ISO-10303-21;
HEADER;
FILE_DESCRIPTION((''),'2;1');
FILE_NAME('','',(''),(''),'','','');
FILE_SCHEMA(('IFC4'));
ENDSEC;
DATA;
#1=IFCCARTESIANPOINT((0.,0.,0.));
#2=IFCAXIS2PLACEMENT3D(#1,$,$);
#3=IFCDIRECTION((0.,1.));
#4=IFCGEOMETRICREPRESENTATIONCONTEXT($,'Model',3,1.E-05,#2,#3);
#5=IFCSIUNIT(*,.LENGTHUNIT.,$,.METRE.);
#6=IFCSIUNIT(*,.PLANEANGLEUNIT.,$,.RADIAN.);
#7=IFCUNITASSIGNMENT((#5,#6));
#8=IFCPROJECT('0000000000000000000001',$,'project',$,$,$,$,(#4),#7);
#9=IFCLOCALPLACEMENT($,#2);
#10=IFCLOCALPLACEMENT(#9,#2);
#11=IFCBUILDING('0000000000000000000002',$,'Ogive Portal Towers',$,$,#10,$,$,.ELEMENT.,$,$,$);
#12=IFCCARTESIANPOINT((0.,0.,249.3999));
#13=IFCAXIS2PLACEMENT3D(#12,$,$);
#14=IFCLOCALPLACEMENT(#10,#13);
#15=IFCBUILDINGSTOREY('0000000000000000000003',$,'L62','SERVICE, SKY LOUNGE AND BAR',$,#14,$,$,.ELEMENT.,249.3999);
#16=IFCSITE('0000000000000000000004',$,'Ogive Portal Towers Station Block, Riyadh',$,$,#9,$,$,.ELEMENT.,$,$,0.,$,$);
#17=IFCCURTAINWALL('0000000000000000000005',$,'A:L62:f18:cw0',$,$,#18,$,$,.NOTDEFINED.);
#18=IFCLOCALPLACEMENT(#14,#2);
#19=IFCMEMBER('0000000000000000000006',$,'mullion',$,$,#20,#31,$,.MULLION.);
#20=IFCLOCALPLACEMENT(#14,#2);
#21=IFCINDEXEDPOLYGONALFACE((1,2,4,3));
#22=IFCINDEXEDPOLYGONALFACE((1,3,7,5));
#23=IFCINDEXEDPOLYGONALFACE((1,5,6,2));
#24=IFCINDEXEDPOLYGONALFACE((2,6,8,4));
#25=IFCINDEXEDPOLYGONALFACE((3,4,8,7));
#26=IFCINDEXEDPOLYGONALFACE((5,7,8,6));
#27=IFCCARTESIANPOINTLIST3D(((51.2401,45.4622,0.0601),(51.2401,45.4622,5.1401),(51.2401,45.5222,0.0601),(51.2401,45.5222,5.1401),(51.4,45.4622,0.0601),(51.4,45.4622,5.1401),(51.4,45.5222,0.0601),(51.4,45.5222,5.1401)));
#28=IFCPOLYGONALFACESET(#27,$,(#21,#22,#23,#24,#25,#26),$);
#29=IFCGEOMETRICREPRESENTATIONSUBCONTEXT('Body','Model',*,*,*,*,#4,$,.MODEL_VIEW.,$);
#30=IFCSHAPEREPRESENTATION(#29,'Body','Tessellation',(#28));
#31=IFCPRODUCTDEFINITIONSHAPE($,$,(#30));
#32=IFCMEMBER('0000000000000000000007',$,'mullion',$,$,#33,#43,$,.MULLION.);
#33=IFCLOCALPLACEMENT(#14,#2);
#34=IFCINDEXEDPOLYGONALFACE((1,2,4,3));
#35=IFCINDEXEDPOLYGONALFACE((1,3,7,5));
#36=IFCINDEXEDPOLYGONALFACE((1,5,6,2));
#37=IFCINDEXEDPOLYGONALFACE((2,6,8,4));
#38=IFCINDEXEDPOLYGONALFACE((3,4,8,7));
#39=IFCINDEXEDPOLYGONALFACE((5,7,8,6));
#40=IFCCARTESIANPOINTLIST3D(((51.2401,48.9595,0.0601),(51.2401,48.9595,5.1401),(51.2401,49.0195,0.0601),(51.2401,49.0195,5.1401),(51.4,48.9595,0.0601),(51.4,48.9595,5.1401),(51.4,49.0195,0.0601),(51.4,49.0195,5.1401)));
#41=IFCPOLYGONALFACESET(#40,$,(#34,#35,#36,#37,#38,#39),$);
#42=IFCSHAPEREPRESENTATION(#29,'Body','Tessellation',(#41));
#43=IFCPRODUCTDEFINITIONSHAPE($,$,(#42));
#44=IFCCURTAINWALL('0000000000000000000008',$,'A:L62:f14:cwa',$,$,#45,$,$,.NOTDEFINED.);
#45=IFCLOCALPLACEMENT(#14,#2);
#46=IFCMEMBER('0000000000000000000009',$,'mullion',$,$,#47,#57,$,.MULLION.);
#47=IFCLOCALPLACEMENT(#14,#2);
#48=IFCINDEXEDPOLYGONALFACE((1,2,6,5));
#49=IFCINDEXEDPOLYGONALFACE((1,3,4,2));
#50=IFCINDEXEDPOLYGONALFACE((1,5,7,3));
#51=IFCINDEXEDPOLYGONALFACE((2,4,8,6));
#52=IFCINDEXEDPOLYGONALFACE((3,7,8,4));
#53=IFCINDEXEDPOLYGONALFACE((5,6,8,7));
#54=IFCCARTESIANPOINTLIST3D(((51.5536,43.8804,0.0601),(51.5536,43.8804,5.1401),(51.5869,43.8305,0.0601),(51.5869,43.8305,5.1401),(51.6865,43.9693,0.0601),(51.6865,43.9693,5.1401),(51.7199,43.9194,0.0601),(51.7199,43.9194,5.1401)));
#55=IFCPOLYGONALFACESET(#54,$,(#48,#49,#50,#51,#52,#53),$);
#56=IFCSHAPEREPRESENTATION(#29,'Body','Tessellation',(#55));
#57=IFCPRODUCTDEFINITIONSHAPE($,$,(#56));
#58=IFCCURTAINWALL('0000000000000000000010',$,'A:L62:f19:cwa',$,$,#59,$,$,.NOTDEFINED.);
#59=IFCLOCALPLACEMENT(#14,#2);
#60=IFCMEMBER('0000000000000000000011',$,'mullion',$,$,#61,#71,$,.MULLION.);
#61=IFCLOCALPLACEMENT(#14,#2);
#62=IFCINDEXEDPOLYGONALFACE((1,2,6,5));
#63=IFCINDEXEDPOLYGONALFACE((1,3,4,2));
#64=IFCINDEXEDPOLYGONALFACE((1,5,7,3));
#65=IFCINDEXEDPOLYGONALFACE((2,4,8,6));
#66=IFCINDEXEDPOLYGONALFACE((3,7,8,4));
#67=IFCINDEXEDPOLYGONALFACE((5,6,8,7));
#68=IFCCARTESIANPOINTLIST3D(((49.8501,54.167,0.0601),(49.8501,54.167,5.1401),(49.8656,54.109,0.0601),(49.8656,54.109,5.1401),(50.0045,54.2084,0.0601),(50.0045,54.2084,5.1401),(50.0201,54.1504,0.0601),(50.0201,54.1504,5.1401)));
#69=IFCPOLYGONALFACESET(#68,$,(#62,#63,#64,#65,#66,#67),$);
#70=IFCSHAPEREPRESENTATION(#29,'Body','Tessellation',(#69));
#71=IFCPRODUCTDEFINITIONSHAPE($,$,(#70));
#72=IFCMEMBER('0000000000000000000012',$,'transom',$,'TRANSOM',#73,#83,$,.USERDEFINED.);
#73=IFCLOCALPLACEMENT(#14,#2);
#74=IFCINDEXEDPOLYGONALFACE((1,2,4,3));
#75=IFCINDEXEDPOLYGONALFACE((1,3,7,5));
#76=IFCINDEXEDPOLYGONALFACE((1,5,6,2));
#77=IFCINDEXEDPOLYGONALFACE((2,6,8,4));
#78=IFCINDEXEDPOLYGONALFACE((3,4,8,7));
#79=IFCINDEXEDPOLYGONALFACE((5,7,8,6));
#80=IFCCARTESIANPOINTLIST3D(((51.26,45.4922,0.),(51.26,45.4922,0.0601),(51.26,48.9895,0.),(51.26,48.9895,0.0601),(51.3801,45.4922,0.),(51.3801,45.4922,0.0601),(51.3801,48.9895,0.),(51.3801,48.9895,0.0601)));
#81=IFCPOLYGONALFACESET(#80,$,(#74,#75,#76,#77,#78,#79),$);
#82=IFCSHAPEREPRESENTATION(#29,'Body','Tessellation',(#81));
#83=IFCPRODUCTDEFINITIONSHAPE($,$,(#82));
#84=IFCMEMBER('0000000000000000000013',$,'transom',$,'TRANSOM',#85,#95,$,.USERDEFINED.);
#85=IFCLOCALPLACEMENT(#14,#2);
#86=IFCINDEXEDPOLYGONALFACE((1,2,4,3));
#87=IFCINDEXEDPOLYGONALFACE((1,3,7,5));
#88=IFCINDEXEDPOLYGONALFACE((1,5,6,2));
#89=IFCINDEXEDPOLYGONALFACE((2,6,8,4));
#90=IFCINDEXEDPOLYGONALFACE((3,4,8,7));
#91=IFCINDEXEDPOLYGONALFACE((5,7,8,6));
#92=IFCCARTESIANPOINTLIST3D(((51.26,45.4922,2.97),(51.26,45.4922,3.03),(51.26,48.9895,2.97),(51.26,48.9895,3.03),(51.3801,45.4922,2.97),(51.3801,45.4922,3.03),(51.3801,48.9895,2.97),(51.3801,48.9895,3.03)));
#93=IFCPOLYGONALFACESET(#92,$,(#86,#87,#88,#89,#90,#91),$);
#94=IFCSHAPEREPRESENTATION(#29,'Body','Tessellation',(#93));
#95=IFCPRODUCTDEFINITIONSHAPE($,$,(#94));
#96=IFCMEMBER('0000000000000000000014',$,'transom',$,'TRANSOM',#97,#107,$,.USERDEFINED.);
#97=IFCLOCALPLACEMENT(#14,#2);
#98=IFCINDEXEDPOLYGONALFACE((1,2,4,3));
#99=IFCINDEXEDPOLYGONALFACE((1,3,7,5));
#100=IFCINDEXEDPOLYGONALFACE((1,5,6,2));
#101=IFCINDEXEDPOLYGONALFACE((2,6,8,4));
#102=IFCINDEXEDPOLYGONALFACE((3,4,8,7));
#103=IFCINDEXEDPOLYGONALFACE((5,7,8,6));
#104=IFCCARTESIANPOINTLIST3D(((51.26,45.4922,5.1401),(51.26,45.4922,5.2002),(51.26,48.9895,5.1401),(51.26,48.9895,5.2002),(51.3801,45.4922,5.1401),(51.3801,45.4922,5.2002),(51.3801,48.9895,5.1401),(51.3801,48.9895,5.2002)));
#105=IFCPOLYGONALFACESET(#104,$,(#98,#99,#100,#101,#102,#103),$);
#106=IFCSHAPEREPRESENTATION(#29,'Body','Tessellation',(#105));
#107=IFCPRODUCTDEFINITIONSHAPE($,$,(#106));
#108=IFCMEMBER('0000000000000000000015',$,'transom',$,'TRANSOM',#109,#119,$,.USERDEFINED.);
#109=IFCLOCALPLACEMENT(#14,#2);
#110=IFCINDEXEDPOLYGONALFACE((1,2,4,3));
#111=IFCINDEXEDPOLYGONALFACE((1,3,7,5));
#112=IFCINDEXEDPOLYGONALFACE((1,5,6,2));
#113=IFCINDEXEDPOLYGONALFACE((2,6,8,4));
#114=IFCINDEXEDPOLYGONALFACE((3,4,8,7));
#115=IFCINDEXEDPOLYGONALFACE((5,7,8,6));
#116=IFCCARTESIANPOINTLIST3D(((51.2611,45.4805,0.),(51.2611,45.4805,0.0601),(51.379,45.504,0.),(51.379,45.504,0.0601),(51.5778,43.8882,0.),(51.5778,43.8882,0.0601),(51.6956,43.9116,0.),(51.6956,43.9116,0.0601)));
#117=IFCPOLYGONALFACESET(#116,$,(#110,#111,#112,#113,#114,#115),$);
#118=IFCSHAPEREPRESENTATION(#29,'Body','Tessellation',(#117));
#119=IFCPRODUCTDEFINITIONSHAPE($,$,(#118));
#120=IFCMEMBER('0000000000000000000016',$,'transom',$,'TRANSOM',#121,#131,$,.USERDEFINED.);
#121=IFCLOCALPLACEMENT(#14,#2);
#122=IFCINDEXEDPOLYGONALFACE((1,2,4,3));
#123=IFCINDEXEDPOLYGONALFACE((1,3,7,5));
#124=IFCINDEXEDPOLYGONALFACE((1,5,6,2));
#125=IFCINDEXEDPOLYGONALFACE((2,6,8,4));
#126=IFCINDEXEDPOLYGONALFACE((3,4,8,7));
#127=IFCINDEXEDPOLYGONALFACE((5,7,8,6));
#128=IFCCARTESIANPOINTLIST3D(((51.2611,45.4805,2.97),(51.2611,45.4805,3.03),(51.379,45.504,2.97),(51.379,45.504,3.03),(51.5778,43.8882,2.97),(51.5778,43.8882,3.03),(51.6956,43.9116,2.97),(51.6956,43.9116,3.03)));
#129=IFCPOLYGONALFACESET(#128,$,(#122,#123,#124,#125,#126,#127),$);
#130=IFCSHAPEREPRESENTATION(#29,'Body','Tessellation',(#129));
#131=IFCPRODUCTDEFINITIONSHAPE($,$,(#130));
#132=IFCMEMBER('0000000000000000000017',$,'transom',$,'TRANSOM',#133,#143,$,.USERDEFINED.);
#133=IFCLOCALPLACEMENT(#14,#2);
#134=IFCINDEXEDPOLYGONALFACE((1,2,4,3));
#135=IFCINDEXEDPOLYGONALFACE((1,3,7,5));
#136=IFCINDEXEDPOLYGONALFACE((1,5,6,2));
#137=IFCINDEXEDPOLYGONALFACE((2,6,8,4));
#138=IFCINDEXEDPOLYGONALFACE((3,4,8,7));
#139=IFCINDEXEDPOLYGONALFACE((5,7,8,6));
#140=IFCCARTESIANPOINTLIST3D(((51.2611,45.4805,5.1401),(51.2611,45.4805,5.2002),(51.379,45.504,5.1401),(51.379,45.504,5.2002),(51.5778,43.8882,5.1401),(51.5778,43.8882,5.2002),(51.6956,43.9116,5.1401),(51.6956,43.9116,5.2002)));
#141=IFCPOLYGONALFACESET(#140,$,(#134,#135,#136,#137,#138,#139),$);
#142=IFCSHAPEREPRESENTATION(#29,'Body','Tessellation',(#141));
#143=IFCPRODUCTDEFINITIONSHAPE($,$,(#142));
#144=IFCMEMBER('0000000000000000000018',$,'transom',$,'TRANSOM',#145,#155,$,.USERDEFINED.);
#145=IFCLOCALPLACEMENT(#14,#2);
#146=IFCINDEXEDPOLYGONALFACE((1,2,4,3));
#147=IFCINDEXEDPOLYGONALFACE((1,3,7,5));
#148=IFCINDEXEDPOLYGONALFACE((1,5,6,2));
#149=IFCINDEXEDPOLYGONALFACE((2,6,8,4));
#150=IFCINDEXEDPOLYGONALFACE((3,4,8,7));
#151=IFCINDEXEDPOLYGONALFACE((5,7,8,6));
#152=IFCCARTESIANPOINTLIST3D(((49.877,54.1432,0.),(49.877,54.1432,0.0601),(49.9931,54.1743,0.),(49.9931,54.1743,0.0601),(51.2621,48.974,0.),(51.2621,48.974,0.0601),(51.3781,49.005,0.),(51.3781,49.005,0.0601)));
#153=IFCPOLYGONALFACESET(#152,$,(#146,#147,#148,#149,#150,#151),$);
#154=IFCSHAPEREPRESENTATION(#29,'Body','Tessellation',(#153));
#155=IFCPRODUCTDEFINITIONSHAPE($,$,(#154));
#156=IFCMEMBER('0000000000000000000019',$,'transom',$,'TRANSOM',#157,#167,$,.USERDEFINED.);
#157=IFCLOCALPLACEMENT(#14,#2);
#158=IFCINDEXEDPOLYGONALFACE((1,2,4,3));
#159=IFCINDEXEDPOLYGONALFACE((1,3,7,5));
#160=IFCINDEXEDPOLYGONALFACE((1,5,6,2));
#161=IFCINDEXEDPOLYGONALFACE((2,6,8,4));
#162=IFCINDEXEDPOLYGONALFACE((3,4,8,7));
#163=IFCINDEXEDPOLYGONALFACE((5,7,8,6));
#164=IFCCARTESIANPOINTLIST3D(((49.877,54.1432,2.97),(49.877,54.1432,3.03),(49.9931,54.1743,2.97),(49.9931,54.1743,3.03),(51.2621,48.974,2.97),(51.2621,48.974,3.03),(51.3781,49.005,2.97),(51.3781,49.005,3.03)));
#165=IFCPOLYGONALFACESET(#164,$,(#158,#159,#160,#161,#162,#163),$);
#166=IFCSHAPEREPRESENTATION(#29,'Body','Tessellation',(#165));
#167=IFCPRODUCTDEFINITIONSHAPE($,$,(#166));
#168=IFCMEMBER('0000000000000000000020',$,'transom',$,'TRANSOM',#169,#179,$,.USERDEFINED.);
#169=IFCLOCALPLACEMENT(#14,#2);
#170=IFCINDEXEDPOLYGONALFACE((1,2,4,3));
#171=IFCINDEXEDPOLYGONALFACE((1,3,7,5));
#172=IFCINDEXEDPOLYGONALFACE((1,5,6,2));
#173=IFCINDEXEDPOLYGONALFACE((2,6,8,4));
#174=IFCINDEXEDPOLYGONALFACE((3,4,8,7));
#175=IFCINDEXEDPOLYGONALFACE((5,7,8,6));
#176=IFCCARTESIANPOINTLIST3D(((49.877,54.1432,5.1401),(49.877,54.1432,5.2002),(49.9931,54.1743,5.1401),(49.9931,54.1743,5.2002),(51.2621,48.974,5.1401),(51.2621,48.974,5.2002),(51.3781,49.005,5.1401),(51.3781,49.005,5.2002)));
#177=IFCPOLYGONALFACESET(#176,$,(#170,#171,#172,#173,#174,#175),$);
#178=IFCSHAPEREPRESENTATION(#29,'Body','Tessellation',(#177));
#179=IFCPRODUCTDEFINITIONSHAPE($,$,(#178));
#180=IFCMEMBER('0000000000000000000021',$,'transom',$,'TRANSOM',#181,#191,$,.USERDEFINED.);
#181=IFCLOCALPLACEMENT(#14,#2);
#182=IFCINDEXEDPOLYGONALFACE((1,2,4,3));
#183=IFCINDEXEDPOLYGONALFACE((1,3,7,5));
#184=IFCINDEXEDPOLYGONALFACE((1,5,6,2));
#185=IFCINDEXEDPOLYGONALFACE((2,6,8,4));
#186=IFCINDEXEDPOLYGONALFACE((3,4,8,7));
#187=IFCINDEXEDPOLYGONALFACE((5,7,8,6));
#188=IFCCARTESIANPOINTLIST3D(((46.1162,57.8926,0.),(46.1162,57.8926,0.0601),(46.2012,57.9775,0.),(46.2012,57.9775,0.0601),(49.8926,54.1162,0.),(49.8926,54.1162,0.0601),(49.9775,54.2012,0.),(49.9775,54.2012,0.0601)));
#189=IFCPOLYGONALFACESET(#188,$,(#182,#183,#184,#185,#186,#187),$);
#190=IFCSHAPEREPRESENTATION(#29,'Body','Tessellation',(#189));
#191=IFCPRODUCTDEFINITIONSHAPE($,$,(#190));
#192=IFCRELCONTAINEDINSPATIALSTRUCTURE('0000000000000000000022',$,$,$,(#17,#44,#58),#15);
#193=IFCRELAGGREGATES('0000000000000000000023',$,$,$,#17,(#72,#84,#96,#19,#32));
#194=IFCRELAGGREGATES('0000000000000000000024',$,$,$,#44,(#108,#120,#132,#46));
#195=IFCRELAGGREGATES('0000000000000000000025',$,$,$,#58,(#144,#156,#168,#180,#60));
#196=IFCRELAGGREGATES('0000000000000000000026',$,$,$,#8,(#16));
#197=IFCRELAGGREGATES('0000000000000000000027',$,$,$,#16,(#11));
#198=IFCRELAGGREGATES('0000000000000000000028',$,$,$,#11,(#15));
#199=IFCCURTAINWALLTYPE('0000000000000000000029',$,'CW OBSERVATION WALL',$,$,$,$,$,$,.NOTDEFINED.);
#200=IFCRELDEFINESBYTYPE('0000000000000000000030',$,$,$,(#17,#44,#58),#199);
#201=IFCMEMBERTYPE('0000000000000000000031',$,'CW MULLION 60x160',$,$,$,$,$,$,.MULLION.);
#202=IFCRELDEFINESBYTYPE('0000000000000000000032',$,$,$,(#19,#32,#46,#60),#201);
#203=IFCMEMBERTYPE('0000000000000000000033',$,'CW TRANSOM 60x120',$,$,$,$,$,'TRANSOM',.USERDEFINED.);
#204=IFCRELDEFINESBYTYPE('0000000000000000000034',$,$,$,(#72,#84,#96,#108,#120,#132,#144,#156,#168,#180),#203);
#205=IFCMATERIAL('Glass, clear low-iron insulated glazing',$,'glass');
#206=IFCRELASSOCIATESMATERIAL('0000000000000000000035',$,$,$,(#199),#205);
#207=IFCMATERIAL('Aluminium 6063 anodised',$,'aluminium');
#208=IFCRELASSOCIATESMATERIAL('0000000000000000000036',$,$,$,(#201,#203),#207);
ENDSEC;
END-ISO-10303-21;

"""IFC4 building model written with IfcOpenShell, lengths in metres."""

from ifc_helpers import new_model, si_unit, direction, frame, origin, origin_2d, place, context, subcontext, project, spatial, rectangle, extrude, material, material_profile, profile_set, type_object, element, aggregate, save


model = new_model("IFC4")

# Units and contexts
model_context = context("Model", 3, precision=1e-05, world=origin(), true_north=direction((0.0, 1.0)))
body_context = subcontext(model_context, "Body", "Model", "MODEL_VIEW")
ifc_project = project(units=[si_unit("LENGTHUNIT", "METRE"), si_unit("PLANEANGLEUNIT", "RADIAN")], contexts=[model_context])

# Site, building, storey
site_placement = place(None, origin())
site = spatial("IfcSite", under=ifc_project, at=site_placement, Name="Ogive Portal Towers Station Block, Riyadh", CompositionType="ELEMENT", RefElevation=0.0)
building_placement = place(site_placement, origin())
building = spatial("IfcBuilding", under=site, at=building_placement, Name="Ogive Portal Towers", CompositionType="ELEMENT")
storey_placement = place(building_placement, frame((0.0, 0.0, 249.3999)))
storey = spatial("IfcBuildingStorey", under=building, at=storey_placement, Name="L62", Description="SERVICE, SKY LOUNGE AND BAR", CompositionType="ELEMENT", Elevation=249.3999)

# Curtain wall, members
ifc_material_1 = material(Name="Glass, clear low-iron insulated glazing", Category="glass")
curtain_wall_type = type_object("IfcCurtainWallType", Name="CW OBSERVATION WALL", PredefinedType="NOTDEFINED", material=ifc_material_1)
curtain_wall_1_placement = place(storey_placement, origin())
curtain_wall_1 = element("IfcCurtainWall", 1, at=curtain_wall_1_placement, inside=storey, type_object=curtain_wall_type, Name="A:L62:f18:cw0", PredefinedType="NOTDEFINED")
ifc_material_2 = material(Name="Aluminium 6063 anodised", Category="aluminium")
ifc_material_profile_1 = material_profile(ifc_material_2, rectangle(XDim=0.1599, YDim=0.0601, at=origin_2d()), Name="AL 60x160")
ifc_profile_set_1 = profile_set([ifc_material_profile_1], Name="Aluminium 6063 anodised")
member_type_1 = type_object("IfcMemberType", Name="CW MULLION 60x160", PredefinedType="MULLION", material=ifc_profile_set_1)
member_1_placement = place(storey_placement, frame((51.3201, 45.4922, 0.0601), z_axis=(0.0, 0.0, 1.0), x_axis=(-1.0, 0.0, 0.0)))
member_1 = element("IfcMember", 2, at=member_1_placement, type_object=member_type_1, Name="mullion", PredefinedType="MULLION", context=body_context, shape_type="SweptSolid", body=[
    extrude(rectangle(XDim=0.1599, YDim=0.0601, at=origin_2d()), origin(), (0.0, 0.0, 1.0), 5.0801),
])
member_2_placement = place(storey_placement, frame((51.3201, 48.9895, 0.0601), z_axis=(0.0, 0.0, 1.0), x_axis=(-1.0, 0.0, 0.0)))
member_2 = element("IfcMember", 3, at=member_2_placement, type_object=member_type_1, Name="mullion", PredefinedType="MULLION", context=body_context, shape_type="SweptSolid", body=[
    extrude(rectangle(XDim=0.1599, YDim=0.0601, at=origin_2d()), origin(), (0.0, 0.0, 1.0), 5.0801),
])

# Curtain walls, members
curtain_wall_2_placement = place(storey_placement, origin())
curtain_wall_2 = element("IfcCurtainWall", 4, at=curtain_wall_2_placement, inside=storey, type_object=curtain_wall_type, Name="A:L62:f14:cwa", PredefinedType="NOTDEFINED")
member_3_placement = place(storey_placement, frame((51.6367, 43.8999, 0.0601), z_axis=(0.0, 0.0, 1.0), x_axis=(-0.83147, -0.55557, 0.0)))
member_3 = element("IfcMember", 5, at=member_3_placement, type_object=member_type_1, Name="mullion", PredefinedType="MULLION", context=body_context, shape_type="SweptSolid", body=[
    extrude(rectangle(XDim=0.1599, YDim=0.0601, at=origin_2d()), origin(), (0.0, 0.0, 1.0), 5.0801),
])
curtain_wall_3_placement = place(storey_placement, origin())
curtain_wall_3 = element("IfcCurtainWall", 6, at=curtain_wall_3_placement, inside=storey, type_object=curtain_wall_type, Name="A:L62:f19:cwa", PredefinedType="NOTDEFINED")
member_4_placement = place(storey_placement, frame((49.9351, 54.1587, 0.0601), z_axis=(0.0, 0.0, 1.0), x_axis=(-0.965926, -0.258819, 0.0)))
member_4 = element("IfcMember", 7, at=member_4_placement, type_object=member_type_1, Name="mullion", PredefinedType="MULLION", context=body_context, shape_type="SweptSolid", body=[
    extrude(rectangle(XDim=0.1599, YDim=0.0601, at=origin_2d()), origin(), (0.0, 0.0, 1.0), 5.0801),
])

# Members
ifc_material_profile_2 = material_profile(ifc_material_2, rectangle(XDim=0.1201, YDim=0.0601, at=origin_2d()), Name="AL 120x60")
ifc_profile_set_2 = profile_set([ifc_material_profile_2], Name="Aluminium 6063 anodised")
member_type_2 = type_object("IfcMemberType", Name="CW TRANSOM 60x120", ElementType="TRANSOM", PredefinedType="USERDEFINED", material=ifc_profile_set_2)
member_5_placement = place(storey_placement, frame((51.3201, 45.4922, 0.03), z_axis=(0.0, 1.0, 0.0), x_axis=(-1.0, 0.0, 0.0)))
member_5 = element("IfcMember", 8, at=member_5_placement, type_object=member_type_2, Name="transom", ObjectType="TRANSOM", PredefinedType="USERDEFINED", context=body_context, shape_type="SweptSolid", body=[
    extrude(rectangle(XDim=0.1201, YDim=0.0601, at=origin_2d()), origin(), (0.0, 0.0, 1.0), 3.4973),
])
member_6_placement = place(storey_placement, frame((51.3201, 45.4922, 3.0), z_axis=(0.0, 1.0, 0.0), x_axis=(-1.0, 0.0, 0.0)))
member_6 = element("IfcMember", 9, at=member_6_placement, type_object=member_type_2, Name="transom", ObjectType="TRANSOM", PredefinedType="USERDEFINED", context=body_context, shape_type="SweptSolid", body=[
    extrude(rectangle(XDim=0.1201, YDim=0.0601, at=origin_2d()), origin(), (0.0, 0.0, 1.0), 3.4973),
])
member_7_placement = place(storey_placement, frame((51.3201, 45.4922, 5.1702), z_axis=(0.0, 1.0, 0.0), x_axis=(-1.0, 0.0, 0.0)))
member_7 = element("IfcMember", 10, at=member_7_placement, type_object=member_type_2, Name="transom", ObjectType="TRANSOM", PredefinedType="USERDEFINED", context=body_context, shape_type="SweptSolid", body=[
    extrude(rectangle(XDim=0.1201, YDim=0.0601, at=origin_2d()), origin(), (0.0, 0.0, 1.0), 3.4973),
])
member_8_placement = place(storey_placement, frame((51.6367, 43.8999, 0.03), z_axis=(-0.195046, 0.980794, 0.0), x_axis=(-0.980794, -0.195046, 0.0)))
member_8 = element("IfcMember", 11, at=member_8_placement, type_object=member_type_2, Name="transom", ObjectType="TRANSOM", PredefinedType="USERDEFINED", context=body_context, shape_type="SweptSolid", body=[
    extrude(rectangle(XDim=0.1201, YDim=0.0601, at=origin_2d()), origin(), (0.0, 0.0, 1.0), 1.6235),
])
member_9_placement = place(storey_placement, frame((51.6367, 43.8999, 3.0), z_axis=(-0.195046, 0.980794, 0.0), x_axis=(-0.980794, -0.195046, 0.0)))
member_9 = element("IfcMember", 12, at=member_9_placement, type_object=member_type_2, Name="transom", ObjectType="TRANSOM", PredefinedType="USERDEFINED", context=body_context, shape_type="SweptSolid", body=[
    extrude(rectangle(XDim=0.1201, YDim=0.0601, at=origin_2d()), origin(), (0.0, 0.0, 1.0), 1.6235),
])
member_10_placement = place(storey_placement, frame((51.6367, 43.8999, 5.1702), z_axis=(-0.195046, 0.980794, 0.0), x_axis=(-0.980794, -0.195046, 0.0)))
member_10 = element("IfcMember", 13, at=member_10_placement, type_object=member_type_2, Name="transom", ObjectType="TRANSOM", PredefinedType="USERDEFINED", context=body_context, shape_type="SweptSolid", body=[
    extrude(rectangle(XDim=0.1201, YDim=0.0601, at=origin_2d()), origin(), (0.0, 0.0, 1.0), 1.6235),
])
member_11_placement = place(storey_placement, frame((51.3201, 48.9895, 0.03), z_axis=(-0.258807, 0.965929, 0.0), x_axis=(-0.965929, -0.258807, 0.0)))
member_11 = element("IfcMember", 14, at=member_11_placement, type_object=member_type_2, Name="transom", ObjectType="TRANSOM", PredefinedType="USERDEFINED", context=body_context, shape_type="SweptSolid", body=[
    extrude(rectangle(XDim=0.1201, YDim=0.0601, at=origin_2d()), origin(), (0.0, 0.0, 1.0), 5.3516),
])
member_12_placement = place(storey_placement, frame((51.3201, 48.9895, 3.0), z_axis=(-0.258807, 0.965929, 0.0), x_axis=(-0.965929, -0.258807, 0.0)))
member_12 = element("IfcMember", 15, at=member_12_placement, type_object=member_type_2, Name="transom", ObjectType="TRANSOM", PredefinedType="USERDEFINED", context=body_context, shape_type="SweptSolid", body=[
    extrude(rectangle(XDim=0.1201, YDim=0.0601, at=origin_2d()), origin(), (0.0, 0.0, 1.0), 5.3516),
])
member_13_placement = place(storey_placement, frame((51.3201, 48.9895, 5.1702), z_axis=(-0.258807, 0.965929, 0.0), x_axis=(-0.965929, -0.258807, 0.0)))
member_13 = element("IfcMember", 16, at=member_13_placement, type_object=member_type_2, Name="transom", ObjectType="TRANSOM", PredefinedType="USERDEFINED", context=body_context, shape_type="SweptSolid", body=[
    extrude(rectangle(XDim=0.1201, YDim=0.0601, at=origin_2d()), origin(), (0.0, 0.0, 1.0), 5.3516),
])
member_14_placement = place(storey_placement, frame((49.9351, 54.1587, 0.03), z_axis=(-0.707107, 0.707107, 0.0), x_axis=(-0.707107, -0.707107, 0.0)))
member_14 = element("IfcMember", 17, at=member_14_placement, type_object=member_type_2, Name="transom", ObjectType="TRANSOM", PredefinedType="USERDEFINED", context=body_context, shape_type="SweptSolid", body=[
    extrude(rectangle(XDim=0.1201, YDim=0.0601, at=origin_2d()), origin(), (0.0, 0.0, 1.0), 5.3406),
])

aggregate(curtain_wall_1, [member_5, member_6, member_7, member_1, member_2])
aggregate(curtain_wall_2, [member_8, member_9, member_10, member_3])
aggregate(curtain_wall_3, [member_11, member_12, member_13, member_14, member_4])

save(model, "model.ifc")
